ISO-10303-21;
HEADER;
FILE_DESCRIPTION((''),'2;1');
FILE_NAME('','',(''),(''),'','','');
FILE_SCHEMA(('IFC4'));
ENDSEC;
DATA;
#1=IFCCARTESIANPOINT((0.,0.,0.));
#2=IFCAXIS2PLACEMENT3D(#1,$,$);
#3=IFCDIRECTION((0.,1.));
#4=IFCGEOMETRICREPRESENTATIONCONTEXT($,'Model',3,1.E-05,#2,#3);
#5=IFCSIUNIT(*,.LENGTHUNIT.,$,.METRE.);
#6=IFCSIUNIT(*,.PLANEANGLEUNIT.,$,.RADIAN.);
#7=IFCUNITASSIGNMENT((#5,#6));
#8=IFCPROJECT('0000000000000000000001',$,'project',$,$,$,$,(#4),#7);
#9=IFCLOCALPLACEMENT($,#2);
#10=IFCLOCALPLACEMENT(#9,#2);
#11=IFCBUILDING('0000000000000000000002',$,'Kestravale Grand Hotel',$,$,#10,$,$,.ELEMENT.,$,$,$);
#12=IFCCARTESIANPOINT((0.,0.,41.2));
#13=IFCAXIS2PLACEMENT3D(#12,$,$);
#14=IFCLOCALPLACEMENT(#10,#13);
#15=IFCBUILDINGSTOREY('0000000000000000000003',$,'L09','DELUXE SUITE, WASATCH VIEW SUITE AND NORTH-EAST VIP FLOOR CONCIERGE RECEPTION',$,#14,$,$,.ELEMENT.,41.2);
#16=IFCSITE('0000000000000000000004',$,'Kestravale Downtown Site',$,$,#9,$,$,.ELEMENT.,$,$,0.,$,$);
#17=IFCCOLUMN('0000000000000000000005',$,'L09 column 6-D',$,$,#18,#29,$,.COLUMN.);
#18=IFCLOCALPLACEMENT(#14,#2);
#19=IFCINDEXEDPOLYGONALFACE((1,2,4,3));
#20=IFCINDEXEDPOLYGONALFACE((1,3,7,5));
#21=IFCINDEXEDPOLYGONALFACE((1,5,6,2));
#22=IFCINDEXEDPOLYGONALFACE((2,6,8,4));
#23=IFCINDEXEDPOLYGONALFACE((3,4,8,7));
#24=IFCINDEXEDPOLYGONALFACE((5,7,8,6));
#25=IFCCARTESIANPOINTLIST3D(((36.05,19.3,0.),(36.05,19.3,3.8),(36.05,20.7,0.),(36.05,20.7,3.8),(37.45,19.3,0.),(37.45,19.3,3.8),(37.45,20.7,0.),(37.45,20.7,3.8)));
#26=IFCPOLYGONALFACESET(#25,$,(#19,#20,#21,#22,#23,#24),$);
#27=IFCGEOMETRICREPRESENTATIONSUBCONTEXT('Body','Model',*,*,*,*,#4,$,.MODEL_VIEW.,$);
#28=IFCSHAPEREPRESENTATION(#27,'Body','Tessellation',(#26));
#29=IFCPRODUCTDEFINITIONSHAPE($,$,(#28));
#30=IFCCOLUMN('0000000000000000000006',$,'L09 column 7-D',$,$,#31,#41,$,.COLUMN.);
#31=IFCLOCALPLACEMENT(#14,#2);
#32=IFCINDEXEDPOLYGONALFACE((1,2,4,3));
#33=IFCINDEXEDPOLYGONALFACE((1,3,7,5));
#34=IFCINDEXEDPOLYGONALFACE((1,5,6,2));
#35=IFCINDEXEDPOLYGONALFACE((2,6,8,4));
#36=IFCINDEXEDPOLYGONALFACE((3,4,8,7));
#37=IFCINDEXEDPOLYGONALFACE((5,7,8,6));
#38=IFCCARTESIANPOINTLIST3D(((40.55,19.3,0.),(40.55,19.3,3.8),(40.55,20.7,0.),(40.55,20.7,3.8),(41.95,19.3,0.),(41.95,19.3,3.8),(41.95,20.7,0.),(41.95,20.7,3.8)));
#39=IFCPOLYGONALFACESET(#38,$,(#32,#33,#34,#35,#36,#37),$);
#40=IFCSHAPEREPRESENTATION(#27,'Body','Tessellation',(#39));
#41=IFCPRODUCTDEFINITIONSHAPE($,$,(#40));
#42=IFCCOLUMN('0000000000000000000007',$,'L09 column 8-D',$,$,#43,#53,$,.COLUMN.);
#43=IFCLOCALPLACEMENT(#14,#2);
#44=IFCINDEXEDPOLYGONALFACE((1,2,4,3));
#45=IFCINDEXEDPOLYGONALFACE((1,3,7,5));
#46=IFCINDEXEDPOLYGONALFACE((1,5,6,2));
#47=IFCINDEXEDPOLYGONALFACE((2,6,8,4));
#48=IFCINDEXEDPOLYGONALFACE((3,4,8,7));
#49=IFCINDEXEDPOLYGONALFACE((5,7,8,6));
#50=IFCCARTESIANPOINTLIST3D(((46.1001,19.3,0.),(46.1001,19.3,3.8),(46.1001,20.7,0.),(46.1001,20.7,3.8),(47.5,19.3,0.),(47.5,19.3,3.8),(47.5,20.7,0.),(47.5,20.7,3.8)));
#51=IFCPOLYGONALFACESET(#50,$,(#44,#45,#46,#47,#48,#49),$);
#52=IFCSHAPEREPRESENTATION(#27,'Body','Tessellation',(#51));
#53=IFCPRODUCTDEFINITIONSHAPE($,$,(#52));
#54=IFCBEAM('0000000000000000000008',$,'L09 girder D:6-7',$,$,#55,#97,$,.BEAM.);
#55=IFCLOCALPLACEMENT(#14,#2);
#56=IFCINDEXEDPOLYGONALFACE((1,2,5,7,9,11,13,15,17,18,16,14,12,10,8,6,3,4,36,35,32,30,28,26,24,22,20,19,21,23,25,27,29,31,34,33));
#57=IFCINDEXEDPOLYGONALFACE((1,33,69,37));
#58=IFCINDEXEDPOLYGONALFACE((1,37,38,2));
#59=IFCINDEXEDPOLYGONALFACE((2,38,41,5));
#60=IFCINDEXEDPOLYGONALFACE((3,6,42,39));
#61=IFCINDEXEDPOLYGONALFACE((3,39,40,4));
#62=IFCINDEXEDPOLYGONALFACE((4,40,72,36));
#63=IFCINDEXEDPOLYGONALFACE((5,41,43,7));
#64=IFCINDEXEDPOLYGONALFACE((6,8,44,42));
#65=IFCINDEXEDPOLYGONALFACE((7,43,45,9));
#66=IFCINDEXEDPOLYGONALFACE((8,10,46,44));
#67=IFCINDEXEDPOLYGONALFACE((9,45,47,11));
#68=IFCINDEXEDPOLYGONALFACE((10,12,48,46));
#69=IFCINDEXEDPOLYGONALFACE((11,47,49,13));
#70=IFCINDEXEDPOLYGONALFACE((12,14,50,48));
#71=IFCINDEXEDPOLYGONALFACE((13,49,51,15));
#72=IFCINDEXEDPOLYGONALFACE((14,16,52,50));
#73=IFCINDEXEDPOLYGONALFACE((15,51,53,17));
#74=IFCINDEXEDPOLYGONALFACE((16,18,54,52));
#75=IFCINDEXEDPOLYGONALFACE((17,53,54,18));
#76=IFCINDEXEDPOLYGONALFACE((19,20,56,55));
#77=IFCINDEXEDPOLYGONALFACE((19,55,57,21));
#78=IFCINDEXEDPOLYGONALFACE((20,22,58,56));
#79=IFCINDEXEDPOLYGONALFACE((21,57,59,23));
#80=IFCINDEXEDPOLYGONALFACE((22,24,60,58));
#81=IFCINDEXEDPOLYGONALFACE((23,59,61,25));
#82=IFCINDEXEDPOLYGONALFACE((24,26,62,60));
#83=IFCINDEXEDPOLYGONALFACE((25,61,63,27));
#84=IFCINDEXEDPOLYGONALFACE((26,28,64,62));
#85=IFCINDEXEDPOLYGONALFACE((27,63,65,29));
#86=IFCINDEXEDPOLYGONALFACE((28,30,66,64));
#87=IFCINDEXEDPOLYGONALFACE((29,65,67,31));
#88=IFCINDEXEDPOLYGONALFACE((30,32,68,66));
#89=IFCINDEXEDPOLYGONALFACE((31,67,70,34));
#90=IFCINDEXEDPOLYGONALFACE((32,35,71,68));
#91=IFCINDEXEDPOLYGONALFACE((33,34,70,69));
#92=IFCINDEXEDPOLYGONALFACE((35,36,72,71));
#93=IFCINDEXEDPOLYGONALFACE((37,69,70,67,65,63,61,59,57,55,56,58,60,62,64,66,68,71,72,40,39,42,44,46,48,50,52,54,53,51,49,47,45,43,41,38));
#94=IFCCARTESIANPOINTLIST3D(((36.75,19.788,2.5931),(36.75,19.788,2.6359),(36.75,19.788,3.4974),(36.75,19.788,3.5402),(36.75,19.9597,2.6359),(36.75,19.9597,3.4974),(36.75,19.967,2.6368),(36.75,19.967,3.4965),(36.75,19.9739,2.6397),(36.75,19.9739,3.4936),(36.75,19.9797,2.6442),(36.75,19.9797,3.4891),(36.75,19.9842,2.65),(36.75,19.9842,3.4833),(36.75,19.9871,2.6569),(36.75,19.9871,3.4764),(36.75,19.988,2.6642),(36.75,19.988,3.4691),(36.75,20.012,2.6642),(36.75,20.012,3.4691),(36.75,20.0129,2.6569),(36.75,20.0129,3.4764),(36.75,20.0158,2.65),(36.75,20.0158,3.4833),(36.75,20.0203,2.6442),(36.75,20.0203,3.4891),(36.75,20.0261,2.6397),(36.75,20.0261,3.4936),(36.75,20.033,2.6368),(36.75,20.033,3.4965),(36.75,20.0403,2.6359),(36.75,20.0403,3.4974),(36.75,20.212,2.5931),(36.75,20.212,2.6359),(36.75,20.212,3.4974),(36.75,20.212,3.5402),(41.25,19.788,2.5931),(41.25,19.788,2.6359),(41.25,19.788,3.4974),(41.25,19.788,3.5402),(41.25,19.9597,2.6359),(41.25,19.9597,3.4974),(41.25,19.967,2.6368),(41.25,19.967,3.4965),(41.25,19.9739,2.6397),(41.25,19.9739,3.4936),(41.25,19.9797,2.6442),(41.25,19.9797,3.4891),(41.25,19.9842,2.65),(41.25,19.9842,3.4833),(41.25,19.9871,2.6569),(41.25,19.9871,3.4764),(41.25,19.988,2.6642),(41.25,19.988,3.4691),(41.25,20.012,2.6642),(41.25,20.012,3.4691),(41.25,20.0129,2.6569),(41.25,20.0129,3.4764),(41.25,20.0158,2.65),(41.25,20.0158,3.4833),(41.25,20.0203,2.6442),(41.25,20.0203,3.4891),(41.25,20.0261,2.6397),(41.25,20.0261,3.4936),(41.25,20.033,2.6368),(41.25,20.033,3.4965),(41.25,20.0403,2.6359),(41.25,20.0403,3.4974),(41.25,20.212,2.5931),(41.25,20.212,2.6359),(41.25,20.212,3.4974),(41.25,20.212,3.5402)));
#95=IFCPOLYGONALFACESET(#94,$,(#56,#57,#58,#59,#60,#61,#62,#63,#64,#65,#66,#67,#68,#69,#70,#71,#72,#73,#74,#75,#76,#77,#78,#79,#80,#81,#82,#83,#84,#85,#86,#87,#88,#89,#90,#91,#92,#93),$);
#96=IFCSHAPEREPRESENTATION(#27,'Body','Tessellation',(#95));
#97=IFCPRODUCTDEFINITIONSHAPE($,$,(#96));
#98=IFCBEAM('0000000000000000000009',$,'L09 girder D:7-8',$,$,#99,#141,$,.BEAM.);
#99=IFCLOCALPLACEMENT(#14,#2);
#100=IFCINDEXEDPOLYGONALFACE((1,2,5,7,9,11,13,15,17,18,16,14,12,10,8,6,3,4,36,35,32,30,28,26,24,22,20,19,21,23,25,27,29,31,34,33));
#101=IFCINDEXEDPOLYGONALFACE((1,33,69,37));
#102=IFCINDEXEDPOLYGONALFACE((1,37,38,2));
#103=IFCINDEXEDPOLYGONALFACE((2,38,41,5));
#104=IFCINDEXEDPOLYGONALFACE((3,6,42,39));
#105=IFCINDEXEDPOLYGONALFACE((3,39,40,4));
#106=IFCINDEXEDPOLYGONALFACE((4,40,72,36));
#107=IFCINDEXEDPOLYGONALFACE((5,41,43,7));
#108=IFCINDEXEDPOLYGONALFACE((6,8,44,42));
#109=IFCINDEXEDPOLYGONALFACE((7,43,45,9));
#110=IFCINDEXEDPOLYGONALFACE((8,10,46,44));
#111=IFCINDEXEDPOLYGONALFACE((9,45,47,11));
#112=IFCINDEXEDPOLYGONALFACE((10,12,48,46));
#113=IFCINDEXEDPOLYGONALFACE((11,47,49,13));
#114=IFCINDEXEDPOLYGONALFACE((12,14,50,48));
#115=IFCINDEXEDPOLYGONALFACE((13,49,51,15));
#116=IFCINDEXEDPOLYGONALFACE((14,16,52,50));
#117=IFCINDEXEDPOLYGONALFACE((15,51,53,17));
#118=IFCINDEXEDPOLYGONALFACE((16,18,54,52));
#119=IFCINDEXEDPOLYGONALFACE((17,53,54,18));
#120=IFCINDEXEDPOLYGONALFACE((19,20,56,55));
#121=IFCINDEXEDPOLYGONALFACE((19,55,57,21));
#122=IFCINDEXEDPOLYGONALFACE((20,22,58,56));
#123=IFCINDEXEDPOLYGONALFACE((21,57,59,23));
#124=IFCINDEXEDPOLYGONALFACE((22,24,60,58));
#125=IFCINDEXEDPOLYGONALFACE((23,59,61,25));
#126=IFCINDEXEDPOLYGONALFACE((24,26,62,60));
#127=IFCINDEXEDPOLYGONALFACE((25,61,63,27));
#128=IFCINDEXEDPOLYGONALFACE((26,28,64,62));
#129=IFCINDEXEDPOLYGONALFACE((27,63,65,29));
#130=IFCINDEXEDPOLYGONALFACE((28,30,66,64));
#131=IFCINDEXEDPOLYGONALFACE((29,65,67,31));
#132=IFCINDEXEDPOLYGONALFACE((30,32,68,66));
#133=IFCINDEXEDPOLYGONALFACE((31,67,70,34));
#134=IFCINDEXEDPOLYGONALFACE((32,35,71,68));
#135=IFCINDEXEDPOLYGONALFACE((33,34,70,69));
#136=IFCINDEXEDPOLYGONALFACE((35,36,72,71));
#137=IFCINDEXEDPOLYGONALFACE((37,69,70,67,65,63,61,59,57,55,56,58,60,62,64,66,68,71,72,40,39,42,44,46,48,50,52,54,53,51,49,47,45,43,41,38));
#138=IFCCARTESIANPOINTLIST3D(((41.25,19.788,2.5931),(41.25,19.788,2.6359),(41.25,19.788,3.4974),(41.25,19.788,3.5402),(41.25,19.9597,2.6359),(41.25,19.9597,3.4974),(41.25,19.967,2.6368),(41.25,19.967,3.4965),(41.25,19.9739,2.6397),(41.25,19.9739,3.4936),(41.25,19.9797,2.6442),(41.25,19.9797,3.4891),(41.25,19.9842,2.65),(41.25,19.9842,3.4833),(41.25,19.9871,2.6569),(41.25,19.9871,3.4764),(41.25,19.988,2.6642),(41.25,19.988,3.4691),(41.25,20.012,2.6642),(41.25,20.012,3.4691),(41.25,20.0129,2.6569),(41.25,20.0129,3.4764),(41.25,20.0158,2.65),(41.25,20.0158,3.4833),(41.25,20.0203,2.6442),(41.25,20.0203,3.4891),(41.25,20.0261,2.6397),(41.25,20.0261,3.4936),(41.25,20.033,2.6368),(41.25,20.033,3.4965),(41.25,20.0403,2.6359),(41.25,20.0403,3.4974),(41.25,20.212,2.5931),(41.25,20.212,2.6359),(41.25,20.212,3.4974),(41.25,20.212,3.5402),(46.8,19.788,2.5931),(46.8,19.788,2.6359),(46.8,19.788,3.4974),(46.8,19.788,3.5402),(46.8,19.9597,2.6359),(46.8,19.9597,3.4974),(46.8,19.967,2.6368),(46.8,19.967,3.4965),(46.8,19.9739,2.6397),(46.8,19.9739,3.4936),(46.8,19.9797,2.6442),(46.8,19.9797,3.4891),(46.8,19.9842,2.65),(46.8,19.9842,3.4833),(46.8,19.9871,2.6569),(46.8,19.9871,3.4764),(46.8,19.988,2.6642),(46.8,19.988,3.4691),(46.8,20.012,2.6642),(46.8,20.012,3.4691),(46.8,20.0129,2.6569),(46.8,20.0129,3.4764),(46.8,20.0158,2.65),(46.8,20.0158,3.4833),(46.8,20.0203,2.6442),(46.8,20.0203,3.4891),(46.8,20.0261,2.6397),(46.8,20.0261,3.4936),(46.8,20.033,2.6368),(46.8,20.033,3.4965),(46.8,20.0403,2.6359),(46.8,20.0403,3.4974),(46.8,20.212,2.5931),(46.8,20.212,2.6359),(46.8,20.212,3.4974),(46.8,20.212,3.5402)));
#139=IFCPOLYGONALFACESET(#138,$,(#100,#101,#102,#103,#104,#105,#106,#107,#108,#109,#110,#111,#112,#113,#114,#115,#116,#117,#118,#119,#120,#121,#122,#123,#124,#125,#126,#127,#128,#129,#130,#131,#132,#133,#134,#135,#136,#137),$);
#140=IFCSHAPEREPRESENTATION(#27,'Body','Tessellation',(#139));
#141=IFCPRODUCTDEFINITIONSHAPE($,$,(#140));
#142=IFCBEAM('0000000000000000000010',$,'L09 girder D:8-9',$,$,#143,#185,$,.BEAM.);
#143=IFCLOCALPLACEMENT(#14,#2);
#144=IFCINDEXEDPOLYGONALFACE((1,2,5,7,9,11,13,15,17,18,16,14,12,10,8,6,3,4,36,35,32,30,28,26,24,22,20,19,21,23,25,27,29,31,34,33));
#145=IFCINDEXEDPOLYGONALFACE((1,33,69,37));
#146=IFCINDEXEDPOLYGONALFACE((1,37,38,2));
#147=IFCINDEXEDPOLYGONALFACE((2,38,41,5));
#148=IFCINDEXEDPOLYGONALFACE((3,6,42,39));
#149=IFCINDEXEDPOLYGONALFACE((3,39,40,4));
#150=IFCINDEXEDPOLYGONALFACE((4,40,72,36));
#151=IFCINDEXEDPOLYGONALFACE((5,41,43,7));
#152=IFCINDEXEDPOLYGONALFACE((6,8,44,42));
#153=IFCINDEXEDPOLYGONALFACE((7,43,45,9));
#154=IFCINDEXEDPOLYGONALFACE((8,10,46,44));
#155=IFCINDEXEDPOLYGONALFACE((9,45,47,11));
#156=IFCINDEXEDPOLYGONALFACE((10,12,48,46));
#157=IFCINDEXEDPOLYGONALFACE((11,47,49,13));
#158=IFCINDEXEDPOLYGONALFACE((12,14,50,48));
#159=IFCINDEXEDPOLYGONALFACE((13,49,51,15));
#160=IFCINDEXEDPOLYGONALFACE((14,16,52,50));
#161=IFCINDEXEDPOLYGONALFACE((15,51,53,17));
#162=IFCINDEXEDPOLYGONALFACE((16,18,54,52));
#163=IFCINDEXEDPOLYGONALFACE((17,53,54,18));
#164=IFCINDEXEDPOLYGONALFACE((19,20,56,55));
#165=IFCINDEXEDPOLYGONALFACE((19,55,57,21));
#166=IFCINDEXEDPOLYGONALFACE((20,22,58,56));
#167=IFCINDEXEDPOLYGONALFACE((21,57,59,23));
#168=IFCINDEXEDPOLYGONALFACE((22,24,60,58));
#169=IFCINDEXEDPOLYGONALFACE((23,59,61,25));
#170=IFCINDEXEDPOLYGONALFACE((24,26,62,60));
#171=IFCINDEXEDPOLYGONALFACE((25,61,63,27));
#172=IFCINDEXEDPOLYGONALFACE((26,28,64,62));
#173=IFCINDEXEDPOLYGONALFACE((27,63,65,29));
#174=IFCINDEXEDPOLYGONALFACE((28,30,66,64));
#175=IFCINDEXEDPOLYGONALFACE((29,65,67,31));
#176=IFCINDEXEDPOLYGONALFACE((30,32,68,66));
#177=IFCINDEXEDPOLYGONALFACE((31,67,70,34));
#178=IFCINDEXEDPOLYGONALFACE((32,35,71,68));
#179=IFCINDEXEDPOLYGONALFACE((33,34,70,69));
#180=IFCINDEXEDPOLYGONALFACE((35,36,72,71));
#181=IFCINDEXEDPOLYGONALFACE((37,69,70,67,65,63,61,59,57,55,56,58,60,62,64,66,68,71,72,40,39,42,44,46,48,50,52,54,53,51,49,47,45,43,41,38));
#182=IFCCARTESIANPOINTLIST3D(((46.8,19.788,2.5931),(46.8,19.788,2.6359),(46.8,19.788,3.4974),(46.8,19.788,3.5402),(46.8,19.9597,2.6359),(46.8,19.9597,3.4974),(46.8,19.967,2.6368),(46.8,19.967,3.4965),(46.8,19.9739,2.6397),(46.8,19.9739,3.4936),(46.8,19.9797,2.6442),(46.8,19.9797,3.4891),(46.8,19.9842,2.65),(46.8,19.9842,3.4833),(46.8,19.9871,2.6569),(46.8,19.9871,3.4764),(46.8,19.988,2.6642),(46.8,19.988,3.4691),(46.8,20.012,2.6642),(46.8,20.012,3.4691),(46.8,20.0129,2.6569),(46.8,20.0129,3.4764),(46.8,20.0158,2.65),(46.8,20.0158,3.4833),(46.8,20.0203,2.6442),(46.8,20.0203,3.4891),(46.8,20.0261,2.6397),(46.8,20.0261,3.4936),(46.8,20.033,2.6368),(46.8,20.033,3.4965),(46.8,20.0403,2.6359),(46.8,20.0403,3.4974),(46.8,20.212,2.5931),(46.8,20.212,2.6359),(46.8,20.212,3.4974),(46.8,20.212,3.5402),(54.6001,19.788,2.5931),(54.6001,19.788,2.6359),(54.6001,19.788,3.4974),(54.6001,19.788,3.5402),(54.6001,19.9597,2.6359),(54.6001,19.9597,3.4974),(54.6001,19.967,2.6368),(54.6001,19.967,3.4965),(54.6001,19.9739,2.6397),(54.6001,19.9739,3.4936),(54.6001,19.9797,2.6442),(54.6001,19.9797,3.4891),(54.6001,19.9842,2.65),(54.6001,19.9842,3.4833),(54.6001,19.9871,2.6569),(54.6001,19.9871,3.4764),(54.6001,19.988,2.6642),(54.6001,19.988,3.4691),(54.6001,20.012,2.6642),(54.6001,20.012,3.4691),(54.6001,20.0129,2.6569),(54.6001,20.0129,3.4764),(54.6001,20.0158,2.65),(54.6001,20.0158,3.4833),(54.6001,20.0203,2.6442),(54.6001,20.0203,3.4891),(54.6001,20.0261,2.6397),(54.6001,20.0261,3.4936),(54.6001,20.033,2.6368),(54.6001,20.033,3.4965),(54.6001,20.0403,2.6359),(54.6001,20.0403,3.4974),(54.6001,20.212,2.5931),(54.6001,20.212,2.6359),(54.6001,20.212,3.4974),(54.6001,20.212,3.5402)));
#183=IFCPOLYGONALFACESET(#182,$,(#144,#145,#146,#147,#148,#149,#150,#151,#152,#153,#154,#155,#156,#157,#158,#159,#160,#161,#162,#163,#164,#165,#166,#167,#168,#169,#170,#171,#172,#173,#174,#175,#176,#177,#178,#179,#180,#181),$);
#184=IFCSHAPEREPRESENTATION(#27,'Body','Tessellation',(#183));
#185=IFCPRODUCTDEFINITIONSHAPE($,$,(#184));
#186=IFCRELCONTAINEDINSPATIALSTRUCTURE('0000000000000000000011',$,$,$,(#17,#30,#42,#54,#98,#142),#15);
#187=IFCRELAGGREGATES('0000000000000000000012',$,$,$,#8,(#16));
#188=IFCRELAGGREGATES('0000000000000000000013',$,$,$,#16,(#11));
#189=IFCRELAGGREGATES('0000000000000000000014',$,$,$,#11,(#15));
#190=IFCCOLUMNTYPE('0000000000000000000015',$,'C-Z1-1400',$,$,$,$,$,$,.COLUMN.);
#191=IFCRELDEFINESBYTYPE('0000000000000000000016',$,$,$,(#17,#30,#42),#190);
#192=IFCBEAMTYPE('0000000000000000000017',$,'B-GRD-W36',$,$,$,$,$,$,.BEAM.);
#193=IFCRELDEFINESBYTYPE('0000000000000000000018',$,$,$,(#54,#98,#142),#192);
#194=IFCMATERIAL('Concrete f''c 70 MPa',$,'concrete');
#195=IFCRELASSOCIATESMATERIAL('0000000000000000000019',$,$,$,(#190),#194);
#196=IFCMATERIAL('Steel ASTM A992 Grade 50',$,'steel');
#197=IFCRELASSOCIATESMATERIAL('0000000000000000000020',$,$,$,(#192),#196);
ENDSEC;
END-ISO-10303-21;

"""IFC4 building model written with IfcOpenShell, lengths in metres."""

from ifc_helpers import new_model, si_unit, direction, frame, origin, origin_2d, place, context, subcontext, project, spatial, rectangle, i_section, extrude, material, material_profile, profile_set, type_object, element, save


model = new_model("IFC4")

# Units and contexts
model_context = context("Model", 3, precision=1e-05, world=origin(), true_north=direction((0.0, 1.0)))
body_context = subcontext(model_context, "Body", "Model", "MODEL_VIEW")
ifc_project = project(units=[si_unit("LENGTHUNIT", "METRE"), si_unit("PLANEANGLEUNIT", "RADIAN")], contexts=[model_context])

# Site, building, storey
site_placement = place(None, origin())
site = spatial("IfcSite", under=ifc_project, at=site_placement, Name="Kestravale Downtown Site", CompositionType="ELEMENT", RefElevation=0.0)
building_placement = place(site_placement, origin())
building = spatial("IfcBuilding", under=site, at=building_placement, Name="Kestravale Grand Hotel", CompositionType="ELEMENT")
storey_placement = place(building_placement, frame((0.0, 0.0, 41.2)))
storey = spatial("IfcBuildingStorey", under=building, at=storey_placement, Name="L09", Description="DELUXE SUITE, WASATCH VIEW SUITE AND NORTH-EAST VIP FLOOR CONCIERGE RECEPTION", CompositionType="ELEMENT", Elevation=41.2)

# Columns
ifc_material_1 = material(Name="Concrete f'c 70 MPa", Category="concrete")
ifc_material_profile_1 = material_profile(ifc_material_1, rectangle(XDim=1.3999, YDim=1.3999, at=origin_2d()))
ifc_profile_set_1 = profile_set([ifc_material_profile_1], Name="Concrete f'c 70 MPa")
column_type = type_object("IfcColumnType", Name="C-Z1-1400", PredefinedType="COLUMN", material=ifc_profile_set_1)
for number, where, z_axis, x_axis, name in (
    (1, (36.75, 20.0, 0.0), (0.0, 0.0, 1.0), (1.0, 0.0, 0.0), "L09 column 6-D"),
    (2, (41.25, 20.0, 0.0), (0.0, 0.0, 1.0), (1.0, 0.0, 0.0), "L09 column 7-D"),
    (3, (46.8, 20.0, 0.0), (0.0, 0.0, 1.0), (1.0, 0.0, 0.0), "L09 column 8-D"),
):
    element("IfcColumn", number, at=place(storey_placement, frame(where, z_axis=z_axis, x_axis=x_axis)), inside=storey, type_object=column_type, Name=name, PredefinedType="COLUMN", context=body_context, shape_type="SweptSolid", body=[
        extrude(rectangle(XDim=1.3999, YDim=1.3999, at=origin_2d()), origin(), (0.0, 0.0, 1.0), 3.8),
    ])

# Beams
ifc_material_2 = material(Name="Steel ASTM A992 Grade 50", Category="steel")
ifc_material_profile_2 = material_profile(ifc_material_2, i_section(OverallWidth=0.4241, OverallDepth=0.947, WebThickness=0.0239, FlangeThickness=0.0427, FilletRadius=0.0283, at=origin_2d()))
ifc_profile_set_2 = profile_set([ifc_material_profile_2], Name="Steel ASTM A992 Grade 50")
beam_type = type_object("IfcBeamType", Name="B-GRD-W36", PredefinedType="BEAM", material=ifc_profile_set_2)
beam_1_placement = place(storey_placement, frame((36.75, 20.0, 3.0667), z_axis=(1.0, 0.0, 0.0), x_axis=(0.0, 1.0, 0.0)))
element("IfcBeam", 4, at=beam_1_placement, inside=storey, type_object=beam_type, Name="L09 girder D:6-7", PredefinedType="BEAM", context=body_context, shape_type="SweptSolid", body=[
    extrude(i_section(OverallWidth=0.4241, OverallDepth=0.947, WebThickness=0.0239, FlangeThickness=0.0427, FilletRadius=0.0283, at=origin_2d()), origin(), (0.0, 0.0, 1.0), 4.5),
])
beam_2_placement = place(storey_placement, frame((41.25, 20.0, 3.0667), z_axis=(1.0, 0.0, 0.0), x_axis=(0.0, 1.0, 0.0)))
element("IfcBeam", 5, at=beam_2_placement, inside=storey, type_object=beam_type, Name="L09 girder D:7-8", PredefinedType="BEAM", context=body_context, shape_type="SweptSolid", body=[
    extrude(i_section(OverallWidth=0.4241, OverallDepth=0.947, WebThickness=0.0239, FlangeThickness=0.0427, FilletRadius=0.0283, at=origin_2d()), origin(), (0.0, 0.0, 1.0), 5.55),
])
beam_3_placement = place(storey_placement, frame((46.8, 20.0, 3.0667), z_axis=(1.0, 0.0, 0.0), x_axis=(0.0, 1.0, 0.0)))
element("IfcBeam", 6, at=beam_3_placement, inside=storey, type_object=beam_type, Name="L09 girder D:8-9", PredefinedType="BEAM", context=body_context, shape_type="SweptSolid", body=[
    extrude(i_section(OverallWidth=0.4241, OverallDepth=0.947, WebThickness=0.0239, FlangeThickness=0.0427, FilletRadius=0.0283, at=origin_2d()), origin(), (0.0, 0.0, 1.0), 7.8),
])

save(model, "model.ifc")
